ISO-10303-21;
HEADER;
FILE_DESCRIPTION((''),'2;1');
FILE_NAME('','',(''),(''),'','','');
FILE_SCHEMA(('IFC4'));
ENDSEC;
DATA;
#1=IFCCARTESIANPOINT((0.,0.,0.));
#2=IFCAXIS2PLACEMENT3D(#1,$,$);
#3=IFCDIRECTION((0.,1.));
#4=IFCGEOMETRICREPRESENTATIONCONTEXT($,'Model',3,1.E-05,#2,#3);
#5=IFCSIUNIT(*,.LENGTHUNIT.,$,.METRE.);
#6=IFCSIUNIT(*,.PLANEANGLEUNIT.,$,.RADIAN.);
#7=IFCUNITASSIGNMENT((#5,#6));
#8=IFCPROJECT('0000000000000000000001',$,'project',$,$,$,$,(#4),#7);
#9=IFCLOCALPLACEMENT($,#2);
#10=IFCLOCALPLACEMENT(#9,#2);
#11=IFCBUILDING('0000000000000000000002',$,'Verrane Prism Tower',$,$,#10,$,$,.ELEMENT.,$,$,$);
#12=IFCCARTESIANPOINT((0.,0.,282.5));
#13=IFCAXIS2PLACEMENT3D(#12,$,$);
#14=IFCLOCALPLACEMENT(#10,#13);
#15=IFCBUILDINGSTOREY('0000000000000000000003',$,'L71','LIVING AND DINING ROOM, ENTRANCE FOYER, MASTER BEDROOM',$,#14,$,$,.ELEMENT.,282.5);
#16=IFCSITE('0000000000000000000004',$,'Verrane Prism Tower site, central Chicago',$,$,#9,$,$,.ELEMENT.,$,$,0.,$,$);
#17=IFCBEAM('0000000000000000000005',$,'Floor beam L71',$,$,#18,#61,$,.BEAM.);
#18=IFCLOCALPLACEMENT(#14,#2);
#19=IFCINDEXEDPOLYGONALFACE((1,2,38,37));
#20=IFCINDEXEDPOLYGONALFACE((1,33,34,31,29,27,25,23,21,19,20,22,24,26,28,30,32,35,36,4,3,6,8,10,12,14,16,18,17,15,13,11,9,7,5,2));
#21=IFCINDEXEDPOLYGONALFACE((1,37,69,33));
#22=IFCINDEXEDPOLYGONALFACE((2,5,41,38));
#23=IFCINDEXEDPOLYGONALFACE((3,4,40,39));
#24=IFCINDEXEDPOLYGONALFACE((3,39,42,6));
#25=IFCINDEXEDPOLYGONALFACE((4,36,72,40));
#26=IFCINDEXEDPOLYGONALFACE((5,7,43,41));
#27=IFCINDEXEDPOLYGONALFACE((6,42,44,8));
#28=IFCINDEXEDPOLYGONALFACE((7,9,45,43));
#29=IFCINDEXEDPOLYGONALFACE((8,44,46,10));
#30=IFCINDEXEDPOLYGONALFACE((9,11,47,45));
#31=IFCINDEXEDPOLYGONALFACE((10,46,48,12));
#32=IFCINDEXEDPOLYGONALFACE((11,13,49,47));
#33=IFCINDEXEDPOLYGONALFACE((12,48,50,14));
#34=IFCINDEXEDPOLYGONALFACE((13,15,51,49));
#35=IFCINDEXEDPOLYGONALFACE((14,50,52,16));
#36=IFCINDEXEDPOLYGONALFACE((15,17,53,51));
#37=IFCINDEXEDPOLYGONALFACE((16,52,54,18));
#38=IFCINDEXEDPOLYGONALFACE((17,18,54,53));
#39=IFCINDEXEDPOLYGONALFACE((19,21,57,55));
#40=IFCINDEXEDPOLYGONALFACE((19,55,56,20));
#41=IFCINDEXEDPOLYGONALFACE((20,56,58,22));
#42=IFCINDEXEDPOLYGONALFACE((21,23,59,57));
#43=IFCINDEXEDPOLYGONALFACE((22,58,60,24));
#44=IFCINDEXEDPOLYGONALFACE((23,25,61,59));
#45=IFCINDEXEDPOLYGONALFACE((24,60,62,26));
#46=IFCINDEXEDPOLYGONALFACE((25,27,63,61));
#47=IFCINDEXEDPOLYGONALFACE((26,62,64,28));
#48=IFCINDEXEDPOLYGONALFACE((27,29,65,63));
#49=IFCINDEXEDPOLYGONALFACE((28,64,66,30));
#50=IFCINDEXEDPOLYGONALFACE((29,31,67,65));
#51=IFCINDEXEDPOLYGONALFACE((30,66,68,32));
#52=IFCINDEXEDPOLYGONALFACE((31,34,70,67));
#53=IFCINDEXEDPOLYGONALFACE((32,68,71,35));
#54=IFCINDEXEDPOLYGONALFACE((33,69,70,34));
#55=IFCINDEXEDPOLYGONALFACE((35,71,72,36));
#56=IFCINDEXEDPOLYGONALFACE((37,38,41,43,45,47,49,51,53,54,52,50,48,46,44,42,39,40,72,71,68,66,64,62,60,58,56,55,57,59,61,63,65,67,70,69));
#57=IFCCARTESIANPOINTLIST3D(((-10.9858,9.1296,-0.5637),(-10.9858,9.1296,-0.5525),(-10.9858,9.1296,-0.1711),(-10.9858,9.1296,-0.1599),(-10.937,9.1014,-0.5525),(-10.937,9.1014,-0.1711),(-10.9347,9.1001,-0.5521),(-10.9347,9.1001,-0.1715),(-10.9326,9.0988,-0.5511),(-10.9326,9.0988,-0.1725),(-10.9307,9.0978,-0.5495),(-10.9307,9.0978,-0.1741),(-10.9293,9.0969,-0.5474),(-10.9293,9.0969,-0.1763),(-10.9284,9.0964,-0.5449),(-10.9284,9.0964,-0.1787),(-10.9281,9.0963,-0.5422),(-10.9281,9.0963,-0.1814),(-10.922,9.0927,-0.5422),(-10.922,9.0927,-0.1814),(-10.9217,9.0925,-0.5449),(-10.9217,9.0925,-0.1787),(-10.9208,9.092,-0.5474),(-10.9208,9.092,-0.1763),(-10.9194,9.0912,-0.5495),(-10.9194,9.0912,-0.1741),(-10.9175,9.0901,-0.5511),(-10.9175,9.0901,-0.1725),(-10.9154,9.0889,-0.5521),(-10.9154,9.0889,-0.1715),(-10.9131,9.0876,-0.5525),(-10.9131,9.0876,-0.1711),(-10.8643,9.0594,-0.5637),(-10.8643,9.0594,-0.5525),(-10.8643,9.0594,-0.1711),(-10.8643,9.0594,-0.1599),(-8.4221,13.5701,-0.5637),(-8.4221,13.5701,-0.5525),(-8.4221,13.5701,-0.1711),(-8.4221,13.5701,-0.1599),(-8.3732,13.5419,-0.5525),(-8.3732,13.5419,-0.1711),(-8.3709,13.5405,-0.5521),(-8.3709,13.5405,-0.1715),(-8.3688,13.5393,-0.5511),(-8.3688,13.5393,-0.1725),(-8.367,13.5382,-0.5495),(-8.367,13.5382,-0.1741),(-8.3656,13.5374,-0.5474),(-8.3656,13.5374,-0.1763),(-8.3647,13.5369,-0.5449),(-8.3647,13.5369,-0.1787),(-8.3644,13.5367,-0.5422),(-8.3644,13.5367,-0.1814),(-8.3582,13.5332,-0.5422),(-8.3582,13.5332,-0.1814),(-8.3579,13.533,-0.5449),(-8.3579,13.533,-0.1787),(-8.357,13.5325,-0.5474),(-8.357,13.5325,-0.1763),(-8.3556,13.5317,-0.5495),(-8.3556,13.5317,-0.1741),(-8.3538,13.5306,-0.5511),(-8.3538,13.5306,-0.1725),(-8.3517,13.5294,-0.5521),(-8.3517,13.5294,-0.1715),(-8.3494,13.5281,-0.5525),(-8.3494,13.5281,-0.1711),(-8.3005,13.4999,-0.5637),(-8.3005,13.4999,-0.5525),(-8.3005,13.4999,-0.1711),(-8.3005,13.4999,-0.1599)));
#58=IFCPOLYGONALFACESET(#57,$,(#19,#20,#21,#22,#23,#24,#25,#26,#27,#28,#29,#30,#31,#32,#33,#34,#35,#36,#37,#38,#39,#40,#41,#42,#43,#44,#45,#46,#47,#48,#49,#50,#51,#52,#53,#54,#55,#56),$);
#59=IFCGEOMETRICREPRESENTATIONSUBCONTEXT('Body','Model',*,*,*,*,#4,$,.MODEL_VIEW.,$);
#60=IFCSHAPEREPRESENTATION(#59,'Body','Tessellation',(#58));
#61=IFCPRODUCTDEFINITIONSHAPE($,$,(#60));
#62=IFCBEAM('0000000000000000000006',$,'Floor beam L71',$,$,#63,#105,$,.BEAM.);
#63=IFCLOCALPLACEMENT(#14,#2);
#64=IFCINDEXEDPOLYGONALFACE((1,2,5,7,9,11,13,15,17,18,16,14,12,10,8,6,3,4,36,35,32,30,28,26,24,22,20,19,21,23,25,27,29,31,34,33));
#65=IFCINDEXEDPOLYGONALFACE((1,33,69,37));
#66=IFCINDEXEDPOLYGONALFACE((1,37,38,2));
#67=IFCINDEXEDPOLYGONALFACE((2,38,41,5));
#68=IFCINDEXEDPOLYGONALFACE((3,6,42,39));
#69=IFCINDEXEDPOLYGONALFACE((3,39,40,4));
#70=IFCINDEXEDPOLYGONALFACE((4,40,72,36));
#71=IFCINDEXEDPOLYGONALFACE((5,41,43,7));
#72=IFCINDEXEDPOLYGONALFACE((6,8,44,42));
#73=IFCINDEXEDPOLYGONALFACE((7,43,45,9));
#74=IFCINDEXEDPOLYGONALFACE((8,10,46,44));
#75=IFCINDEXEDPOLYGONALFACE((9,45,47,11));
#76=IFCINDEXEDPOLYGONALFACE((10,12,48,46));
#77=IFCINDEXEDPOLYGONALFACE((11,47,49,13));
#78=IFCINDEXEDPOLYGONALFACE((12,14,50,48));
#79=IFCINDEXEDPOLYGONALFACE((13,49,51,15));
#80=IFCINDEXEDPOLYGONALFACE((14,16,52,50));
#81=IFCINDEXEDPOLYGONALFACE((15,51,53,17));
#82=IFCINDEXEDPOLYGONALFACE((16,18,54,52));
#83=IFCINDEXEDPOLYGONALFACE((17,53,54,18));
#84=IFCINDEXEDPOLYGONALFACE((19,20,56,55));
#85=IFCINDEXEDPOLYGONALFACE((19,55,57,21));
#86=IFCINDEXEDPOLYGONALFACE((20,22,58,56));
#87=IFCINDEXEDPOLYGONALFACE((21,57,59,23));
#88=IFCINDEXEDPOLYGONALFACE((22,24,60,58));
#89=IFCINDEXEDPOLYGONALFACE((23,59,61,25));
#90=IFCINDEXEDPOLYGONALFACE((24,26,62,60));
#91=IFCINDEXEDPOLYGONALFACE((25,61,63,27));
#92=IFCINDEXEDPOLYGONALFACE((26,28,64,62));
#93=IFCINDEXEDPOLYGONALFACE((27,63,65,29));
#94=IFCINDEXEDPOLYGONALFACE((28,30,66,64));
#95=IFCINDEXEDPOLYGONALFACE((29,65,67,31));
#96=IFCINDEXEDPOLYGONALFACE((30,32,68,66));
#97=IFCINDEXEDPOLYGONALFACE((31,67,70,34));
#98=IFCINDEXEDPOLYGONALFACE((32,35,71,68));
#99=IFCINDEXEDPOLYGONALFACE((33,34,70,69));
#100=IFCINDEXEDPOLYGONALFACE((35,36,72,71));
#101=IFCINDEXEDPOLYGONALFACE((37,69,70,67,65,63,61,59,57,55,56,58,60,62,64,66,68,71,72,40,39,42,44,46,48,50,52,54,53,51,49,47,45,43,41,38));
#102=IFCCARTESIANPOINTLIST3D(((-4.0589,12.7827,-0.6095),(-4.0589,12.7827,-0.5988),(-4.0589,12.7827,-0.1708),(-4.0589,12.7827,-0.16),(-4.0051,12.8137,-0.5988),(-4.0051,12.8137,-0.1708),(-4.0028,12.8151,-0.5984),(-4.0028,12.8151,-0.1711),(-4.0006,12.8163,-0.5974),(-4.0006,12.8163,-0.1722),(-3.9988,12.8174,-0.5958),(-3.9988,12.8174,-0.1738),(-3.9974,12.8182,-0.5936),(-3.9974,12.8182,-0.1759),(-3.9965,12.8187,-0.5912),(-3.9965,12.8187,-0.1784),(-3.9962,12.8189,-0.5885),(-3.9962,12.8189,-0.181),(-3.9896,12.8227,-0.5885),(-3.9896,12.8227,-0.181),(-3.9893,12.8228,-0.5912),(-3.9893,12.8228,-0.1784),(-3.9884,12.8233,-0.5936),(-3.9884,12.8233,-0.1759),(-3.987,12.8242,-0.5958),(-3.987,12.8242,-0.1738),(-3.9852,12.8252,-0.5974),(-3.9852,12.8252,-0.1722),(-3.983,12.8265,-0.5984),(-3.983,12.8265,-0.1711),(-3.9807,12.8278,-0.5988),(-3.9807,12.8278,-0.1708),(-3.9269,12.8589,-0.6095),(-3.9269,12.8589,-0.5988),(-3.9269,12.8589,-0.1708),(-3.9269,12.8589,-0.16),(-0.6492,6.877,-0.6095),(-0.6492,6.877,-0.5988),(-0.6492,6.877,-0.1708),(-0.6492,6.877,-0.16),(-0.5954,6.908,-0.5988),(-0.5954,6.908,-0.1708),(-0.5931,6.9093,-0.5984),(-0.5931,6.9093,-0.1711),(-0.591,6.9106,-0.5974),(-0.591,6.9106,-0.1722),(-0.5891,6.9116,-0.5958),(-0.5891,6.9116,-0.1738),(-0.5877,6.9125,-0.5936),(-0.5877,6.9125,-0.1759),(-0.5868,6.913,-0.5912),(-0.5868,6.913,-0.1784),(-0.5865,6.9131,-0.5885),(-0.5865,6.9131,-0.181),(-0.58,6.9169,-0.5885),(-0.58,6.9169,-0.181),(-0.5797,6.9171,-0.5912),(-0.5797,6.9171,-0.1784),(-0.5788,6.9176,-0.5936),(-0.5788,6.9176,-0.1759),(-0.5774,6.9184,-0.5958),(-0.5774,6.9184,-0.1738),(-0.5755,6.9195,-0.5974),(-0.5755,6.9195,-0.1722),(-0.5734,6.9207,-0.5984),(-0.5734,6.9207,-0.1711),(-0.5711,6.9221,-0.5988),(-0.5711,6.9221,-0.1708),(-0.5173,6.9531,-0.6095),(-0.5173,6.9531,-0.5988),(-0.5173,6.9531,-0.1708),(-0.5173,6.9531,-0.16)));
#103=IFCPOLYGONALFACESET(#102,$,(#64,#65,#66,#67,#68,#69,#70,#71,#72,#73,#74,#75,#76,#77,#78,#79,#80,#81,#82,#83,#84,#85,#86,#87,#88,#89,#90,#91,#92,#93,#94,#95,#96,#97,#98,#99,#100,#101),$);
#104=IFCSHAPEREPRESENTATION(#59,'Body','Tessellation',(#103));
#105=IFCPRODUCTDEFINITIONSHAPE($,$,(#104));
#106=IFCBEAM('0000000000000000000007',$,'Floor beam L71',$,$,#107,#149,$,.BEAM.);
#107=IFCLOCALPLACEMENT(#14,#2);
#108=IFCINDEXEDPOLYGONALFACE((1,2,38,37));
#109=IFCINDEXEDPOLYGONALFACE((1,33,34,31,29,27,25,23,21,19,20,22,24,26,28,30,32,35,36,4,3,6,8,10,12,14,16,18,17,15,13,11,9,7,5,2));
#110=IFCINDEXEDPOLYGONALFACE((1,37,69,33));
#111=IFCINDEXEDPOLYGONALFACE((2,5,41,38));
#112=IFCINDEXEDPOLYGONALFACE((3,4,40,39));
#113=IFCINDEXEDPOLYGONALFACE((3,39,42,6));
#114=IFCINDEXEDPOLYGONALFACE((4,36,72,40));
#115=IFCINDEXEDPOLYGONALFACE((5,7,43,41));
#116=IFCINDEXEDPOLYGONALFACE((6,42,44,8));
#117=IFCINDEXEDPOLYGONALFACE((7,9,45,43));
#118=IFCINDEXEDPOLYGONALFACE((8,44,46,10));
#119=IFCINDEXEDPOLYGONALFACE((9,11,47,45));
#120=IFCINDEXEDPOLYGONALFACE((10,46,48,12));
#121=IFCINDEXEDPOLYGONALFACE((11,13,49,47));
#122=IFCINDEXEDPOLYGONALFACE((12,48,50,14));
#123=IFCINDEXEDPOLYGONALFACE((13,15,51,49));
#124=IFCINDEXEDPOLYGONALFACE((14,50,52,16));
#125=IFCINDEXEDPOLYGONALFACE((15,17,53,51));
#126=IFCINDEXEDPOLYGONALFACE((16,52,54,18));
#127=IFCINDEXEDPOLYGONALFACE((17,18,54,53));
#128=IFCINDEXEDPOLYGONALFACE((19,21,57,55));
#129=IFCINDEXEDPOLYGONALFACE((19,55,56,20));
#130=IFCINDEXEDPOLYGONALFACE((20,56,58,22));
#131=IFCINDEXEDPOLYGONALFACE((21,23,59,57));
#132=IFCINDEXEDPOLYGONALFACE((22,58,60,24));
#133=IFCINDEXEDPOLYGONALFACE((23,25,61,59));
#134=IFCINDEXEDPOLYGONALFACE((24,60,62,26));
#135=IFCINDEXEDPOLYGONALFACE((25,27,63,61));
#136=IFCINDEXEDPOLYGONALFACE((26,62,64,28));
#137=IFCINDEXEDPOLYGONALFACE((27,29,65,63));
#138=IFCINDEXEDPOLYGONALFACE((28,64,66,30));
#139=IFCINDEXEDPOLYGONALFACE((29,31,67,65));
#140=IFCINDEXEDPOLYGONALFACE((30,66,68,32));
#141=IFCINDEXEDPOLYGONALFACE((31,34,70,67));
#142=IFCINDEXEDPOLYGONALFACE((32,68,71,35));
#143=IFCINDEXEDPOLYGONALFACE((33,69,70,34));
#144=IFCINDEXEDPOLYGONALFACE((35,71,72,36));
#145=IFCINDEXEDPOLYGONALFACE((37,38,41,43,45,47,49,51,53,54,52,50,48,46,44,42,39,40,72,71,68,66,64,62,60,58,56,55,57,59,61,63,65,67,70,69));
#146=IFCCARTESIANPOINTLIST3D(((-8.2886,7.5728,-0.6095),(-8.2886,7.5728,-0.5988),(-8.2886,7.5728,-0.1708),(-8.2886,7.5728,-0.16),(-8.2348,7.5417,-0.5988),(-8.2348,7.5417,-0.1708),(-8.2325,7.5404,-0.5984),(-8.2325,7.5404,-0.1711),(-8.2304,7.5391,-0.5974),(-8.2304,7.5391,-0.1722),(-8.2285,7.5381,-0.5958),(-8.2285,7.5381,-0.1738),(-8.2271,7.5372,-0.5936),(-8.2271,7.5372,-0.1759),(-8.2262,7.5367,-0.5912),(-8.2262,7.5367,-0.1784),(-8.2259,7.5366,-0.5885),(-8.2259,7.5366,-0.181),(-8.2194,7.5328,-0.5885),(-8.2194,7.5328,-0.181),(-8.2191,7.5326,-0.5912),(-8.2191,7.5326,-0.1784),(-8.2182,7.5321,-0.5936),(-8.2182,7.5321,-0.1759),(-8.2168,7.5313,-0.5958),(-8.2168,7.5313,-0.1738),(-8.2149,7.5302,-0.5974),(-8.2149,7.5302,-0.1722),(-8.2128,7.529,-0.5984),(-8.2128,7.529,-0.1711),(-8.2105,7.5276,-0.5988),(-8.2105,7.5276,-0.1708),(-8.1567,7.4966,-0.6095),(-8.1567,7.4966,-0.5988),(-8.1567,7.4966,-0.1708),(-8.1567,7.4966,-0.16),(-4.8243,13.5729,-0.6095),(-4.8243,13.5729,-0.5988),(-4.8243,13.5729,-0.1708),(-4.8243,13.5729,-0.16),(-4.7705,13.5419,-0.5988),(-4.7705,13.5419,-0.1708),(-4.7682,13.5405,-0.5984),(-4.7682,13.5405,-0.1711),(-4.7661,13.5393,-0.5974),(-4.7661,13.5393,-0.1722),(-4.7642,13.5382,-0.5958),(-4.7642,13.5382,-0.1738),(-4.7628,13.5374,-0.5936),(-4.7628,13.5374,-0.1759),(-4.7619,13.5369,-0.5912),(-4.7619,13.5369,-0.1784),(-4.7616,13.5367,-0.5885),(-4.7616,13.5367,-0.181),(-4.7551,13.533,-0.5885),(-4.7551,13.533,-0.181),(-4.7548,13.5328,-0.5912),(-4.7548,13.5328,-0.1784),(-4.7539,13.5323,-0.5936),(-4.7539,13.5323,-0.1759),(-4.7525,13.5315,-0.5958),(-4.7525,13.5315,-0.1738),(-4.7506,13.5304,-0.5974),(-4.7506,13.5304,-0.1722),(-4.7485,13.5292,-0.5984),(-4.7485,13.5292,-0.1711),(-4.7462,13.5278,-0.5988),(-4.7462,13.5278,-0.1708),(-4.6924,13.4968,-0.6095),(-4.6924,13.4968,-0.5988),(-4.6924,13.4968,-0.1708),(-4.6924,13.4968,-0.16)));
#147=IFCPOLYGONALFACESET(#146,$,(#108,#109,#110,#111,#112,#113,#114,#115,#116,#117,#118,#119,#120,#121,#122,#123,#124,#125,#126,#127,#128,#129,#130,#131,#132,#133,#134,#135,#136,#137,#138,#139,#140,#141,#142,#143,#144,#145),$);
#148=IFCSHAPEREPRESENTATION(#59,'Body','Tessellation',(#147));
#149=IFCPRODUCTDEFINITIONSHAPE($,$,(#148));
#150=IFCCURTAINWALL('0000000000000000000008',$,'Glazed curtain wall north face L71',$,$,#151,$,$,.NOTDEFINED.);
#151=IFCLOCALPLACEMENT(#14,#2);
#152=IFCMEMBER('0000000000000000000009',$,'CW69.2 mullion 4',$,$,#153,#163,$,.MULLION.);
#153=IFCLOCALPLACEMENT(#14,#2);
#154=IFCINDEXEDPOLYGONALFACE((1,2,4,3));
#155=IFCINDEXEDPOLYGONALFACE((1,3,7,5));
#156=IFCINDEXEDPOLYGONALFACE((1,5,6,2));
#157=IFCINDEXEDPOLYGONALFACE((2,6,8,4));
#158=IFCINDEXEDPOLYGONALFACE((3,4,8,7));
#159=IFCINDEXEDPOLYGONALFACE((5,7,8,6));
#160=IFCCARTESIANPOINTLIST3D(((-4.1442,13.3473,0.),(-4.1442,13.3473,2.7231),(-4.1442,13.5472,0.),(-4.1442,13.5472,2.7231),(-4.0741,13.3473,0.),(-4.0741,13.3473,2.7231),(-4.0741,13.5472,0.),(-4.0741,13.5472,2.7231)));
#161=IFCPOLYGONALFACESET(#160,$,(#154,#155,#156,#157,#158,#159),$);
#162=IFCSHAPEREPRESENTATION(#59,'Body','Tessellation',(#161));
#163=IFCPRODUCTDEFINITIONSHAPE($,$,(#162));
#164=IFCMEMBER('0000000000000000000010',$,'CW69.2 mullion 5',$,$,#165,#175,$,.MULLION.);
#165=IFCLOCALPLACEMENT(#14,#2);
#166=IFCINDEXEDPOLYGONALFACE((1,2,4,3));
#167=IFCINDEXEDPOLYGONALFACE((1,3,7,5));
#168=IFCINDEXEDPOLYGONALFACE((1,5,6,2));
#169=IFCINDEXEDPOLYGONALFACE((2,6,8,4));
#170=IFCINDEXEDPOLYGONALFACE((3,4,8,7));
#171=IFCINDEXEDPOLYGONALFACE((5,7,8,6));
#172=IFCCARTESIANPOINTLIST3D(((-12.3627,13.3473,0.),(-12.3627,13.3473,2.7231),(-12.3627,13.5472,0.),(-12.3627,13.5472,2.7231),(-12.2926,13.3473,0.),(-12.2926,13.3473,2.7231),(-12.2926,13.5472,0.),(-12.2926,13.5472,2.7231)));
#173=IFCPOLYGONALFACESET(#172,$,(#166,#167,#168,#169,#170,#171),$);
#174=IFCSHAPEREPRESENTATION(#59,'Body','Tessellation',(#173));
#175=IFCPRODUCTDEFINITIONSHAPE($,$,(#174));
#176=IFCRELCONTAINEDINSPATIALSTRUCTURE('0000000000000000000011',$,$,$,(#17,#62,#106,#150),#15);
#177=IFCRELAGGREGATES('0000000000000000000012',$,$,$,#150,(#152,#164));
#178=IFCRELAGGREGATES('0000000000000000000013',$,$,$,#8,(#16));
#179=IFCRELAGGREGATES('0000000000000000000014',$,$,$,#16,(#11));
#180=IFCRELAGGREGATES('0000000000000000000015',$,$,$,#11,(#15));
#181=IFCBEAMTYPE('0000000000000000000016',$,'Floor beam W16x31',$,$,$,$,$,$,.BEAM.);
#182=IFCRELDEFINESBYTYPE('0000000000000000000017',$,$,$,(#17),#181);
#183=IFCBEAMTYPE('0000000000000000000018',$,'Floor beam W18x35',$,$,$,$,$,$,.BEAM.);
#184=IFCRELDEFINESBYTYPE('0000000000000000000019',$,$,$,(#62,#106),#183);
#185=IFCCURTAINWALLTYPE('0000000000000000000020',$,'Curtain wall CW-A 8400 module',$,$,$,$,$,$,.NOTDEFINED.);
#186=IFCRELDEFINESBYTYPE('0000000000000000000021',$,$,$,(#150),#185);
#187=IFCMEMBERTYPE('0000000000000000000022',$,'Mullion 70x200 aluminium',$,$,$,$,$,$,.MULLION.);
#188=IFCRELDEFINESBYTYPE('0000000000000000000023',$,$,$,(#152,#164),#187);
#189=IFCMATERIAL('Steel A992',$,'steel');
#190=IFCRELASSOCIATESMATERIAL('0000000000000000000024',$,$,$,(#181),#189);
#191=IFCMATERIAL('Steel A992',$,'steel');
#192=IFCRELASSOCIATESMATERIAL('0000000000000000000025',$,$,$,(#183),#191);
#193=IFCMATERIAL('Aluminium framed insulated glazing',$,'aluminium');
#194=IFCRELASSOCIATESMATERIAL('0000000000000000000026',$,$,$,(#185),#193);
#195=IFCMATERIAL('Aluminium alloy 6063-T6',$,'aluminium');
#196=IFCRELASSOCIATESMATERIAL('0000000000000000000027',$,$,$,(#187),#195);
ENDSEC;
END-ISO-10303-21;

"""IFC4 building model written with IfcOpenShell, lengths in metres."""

from ifc_helpers import new_model, si_unit, direction, frame, origin, origin_2d, place, context, subcontext, project, spatial, rectangle, i_section, extrude, material, material_profile, profile_set, type_object, element, aggregate, save


model = new_model("IFC4")

# Units and contexts
model_context = context("Model", 3, precision=1e-05, world=origin(), true_north=direction((0.0, 1.0)))
body_context = subcontext(model_context, "Body", "Model", "MODEL_VIEW")
ifc_project = project(units=[si_unit("LENGTHUNIT", "METRE"), si_unit("PLANEANGLEUNIT", "RADIAN")], contexts=[model_context])

# Site, building, storey
site_placement = place(None, origin())
site = spatial("IfcSite", under=ifc_project, at=site_placement, Name="Verrane Prism Tower site, central Chicago", CompositionType="ELEMENT", RefElevation=0.0)
building_placement = place(site_placement, origin())
building = spatial("IfcBuilding", under=site, at=building_placement, Name="Verrane Prism Tower", CompositionType="ELEMENT")
storey_placement = place(building_placement, frame((0.0, 0.0, 282.5)))
storey = spatial("IfcBuildingStorey", under=building, at=storey_placement, Name="L71", Description="LIVING AND DINING ROOM, ENTRANCE FOYER, MASTER BEDROOM", CompositionType="ELEMENT", Elevation=282.5)

# Beams
ifc_material_1 = material(Name="Steel A992", Category="steel")
ifc_material_profile_1 = material_profile(ifc_material_1, i_section(OverallWidth=0.1404, OverallDepth=0.4038, WebThickness=0.0071, FlangeThickness=0.0112, FilletRadius=0.0103, at=origin_2d()), Name="W16x31")
ifc_profile_set_1 = profile_set([ifc_material_profile_1], Name="Steel A992")
beam_type_1 = type_object("IfcBeamType", Name="Floor beam W16x31", PredefinedType="BEAM", material=ifc_profile_set_1)
beam_1_placement = place(storey_placement, frame((-10.925, 9.0945, -0.3618), z_axis=(0.500005, 0.866022, 0.0), x_axis=(-0.866022, 0.500005, 0.0)))
element("IfcBeam", 1, at=beam_1_placement, inside=storey, type_object=beam_type_1, Name="Floor beam L71", PredefinedType="BEAM", context=body_context, shape_type="SweptSolid", body=[
    extrude(i_section(OverallWidth=0.1404, OverallDepth=0.4038, WebThickness=0.0071, FlangeThickness=0.0112, FilletRadius=0.0103, at=origin_2d()), origin(), (0.0, 0.0, 1.0), 5.1274),
])
ifc_material_2 = material(Name="Steel A992", Category="steel")
ifc_material_profile_2 = material_profile(ifc_material_2, i_section(OverallWidth=0.1523, OverallDepth=0.4495, WebThickness=0.0076, FlangeThickness=0.0107, FilletRadius=0.0103, at=origin_2d()), Name="W18x35")
ifc_profile_set_2 = profile_set([ifc_material_profile_2], Name="Steel A992")
beam_type_2 = type_object("IfcBeamType", Name="Floor beam W18x35", PredefinedType="BEAM", material=ifc_profile_set_2)
beam_2_placement = place(storey_placement, frame((-0.5833, 6.915, -0.3848), z_axis=(-0.499997, 0.866027, 0.0), x_axis=(-0.866027, -0.499997, 0.0)))
element("IfcBeam", 2, at=beam_2_placement, inside=storey, type_object=beam_type_2, Name="Floor beam L71", PredefinedType="BEAM", context=body_context, shape_type="SweptSolid", body=[
    extrude(i_section(OverallWidth=0.1523, OverallDepth=0.4495, WebThickness=0.0076, FlangeThickness=0.0107, FilletRadius=0.0103, at=origin_2d()), origin(), (0.0, 0.0, 1.0), 6.8193),
])
beam_3_placement = place(storey_placement, frame((-8.2227, 7.5347, -0.3848), z_axis=(0.500012, 0.866018, 0.0), x_axis=(-0.866018, 0.500012, 0.0)))
element("IfcBeam", 3, at=beam_3_placement, inside=storey, type_object=beam_type_2, Name="Floor beam L71", PredefinedType="BEAM", context=body_context, shape_type="SweptSolid", body=[
    extrude(i_section(OverallWidth=0.1523, OverallDepth=0.4495, WebThickness=0.0076, FlangeThickness=0.0107, FilletRadius=0.0103, at=origin_2d()), origin(), (0.0, 0.0, 1.0), 6.9285),
])

# Curtain wall, members
ifc_material_3 = material(Name="Aluminium framed insulated glazing", Category="aluminium")
curtain_wall_type = type_object("IfcCurtainWallType", Name="Curtain wall CW-A 8400 module", PredefinedType="NOTDEFINED", material=ifc_material_3)
curtain_wall_placement = place(storey_placement, origin())
curtain_wall = element("IfcCurtainWall", 4, at=curtain_wall_placement, inside=storey, type_object=curtain_wall_type, Name="Glazed curtain wall north face L71", PredefinedType="NOTDEFINED")
ifc_material_4 = material(Name="Aluminium alloy 6063-T6", Category="aluminium")
ifc_material_profile_3 = material_profile(ifc_material_4, rectangle(XDim=0.2, YDim=0.0701, at=origin_2d()), Name="Mullion 70x200 aluminium")
ifc_profile_set_3 = profile_set([ifc_material_profile_3], Name="Aluminium alloy 6063-T6")
member_type_1 = type_object("IfcMemberType", Name="Mullion 70x200 aluminium", PredefinedType="MULLION", material=ifc_profile_set_3)
member_1_placement = place(storey_placement, frame((-4.1091, 13.4473, 0.0), z_axis=(0.0, 0.0, 1.0), x_axis=(0.0, -1.0, 0.0)))
member_1 = element("IfcMember", 5, at=member_1_placement, type_object=member_type_1, Name="CW69.2 mullion 4", PredefinedType="MULLION", context=body_context, shape_type="SweptSolid", body=[
    extrude(rectangle(XDim=0.2, YDim=0.0701, at=origin_2d()), origin(), (0.0, 0.0, 1.0), 2.7231),
])
member_2_placement = place(storey_placement, frame((-12.3276, 13.4473, 0.0), z_axis=(0.0, 0.0, 1.0), x_axis=(0.0, -1.0, 0.0)))
member_2 = element("IfcMember", 6, at=member_2_placement, type_object=member_type_1, Name="CW69.2 mullion 5", PredefinedType="MULLION", context=body_context, shape_type="SweptSolid", body=[
    extrude(rectangle(XDim=0.2, YDim=0.0701, at=origin_2d()), origin(), (0.0, 0.0, 1.0), 2.7231),
])

aggregate(curtain_wall, [member_1, member_2])

save(model, "model.ifc")
